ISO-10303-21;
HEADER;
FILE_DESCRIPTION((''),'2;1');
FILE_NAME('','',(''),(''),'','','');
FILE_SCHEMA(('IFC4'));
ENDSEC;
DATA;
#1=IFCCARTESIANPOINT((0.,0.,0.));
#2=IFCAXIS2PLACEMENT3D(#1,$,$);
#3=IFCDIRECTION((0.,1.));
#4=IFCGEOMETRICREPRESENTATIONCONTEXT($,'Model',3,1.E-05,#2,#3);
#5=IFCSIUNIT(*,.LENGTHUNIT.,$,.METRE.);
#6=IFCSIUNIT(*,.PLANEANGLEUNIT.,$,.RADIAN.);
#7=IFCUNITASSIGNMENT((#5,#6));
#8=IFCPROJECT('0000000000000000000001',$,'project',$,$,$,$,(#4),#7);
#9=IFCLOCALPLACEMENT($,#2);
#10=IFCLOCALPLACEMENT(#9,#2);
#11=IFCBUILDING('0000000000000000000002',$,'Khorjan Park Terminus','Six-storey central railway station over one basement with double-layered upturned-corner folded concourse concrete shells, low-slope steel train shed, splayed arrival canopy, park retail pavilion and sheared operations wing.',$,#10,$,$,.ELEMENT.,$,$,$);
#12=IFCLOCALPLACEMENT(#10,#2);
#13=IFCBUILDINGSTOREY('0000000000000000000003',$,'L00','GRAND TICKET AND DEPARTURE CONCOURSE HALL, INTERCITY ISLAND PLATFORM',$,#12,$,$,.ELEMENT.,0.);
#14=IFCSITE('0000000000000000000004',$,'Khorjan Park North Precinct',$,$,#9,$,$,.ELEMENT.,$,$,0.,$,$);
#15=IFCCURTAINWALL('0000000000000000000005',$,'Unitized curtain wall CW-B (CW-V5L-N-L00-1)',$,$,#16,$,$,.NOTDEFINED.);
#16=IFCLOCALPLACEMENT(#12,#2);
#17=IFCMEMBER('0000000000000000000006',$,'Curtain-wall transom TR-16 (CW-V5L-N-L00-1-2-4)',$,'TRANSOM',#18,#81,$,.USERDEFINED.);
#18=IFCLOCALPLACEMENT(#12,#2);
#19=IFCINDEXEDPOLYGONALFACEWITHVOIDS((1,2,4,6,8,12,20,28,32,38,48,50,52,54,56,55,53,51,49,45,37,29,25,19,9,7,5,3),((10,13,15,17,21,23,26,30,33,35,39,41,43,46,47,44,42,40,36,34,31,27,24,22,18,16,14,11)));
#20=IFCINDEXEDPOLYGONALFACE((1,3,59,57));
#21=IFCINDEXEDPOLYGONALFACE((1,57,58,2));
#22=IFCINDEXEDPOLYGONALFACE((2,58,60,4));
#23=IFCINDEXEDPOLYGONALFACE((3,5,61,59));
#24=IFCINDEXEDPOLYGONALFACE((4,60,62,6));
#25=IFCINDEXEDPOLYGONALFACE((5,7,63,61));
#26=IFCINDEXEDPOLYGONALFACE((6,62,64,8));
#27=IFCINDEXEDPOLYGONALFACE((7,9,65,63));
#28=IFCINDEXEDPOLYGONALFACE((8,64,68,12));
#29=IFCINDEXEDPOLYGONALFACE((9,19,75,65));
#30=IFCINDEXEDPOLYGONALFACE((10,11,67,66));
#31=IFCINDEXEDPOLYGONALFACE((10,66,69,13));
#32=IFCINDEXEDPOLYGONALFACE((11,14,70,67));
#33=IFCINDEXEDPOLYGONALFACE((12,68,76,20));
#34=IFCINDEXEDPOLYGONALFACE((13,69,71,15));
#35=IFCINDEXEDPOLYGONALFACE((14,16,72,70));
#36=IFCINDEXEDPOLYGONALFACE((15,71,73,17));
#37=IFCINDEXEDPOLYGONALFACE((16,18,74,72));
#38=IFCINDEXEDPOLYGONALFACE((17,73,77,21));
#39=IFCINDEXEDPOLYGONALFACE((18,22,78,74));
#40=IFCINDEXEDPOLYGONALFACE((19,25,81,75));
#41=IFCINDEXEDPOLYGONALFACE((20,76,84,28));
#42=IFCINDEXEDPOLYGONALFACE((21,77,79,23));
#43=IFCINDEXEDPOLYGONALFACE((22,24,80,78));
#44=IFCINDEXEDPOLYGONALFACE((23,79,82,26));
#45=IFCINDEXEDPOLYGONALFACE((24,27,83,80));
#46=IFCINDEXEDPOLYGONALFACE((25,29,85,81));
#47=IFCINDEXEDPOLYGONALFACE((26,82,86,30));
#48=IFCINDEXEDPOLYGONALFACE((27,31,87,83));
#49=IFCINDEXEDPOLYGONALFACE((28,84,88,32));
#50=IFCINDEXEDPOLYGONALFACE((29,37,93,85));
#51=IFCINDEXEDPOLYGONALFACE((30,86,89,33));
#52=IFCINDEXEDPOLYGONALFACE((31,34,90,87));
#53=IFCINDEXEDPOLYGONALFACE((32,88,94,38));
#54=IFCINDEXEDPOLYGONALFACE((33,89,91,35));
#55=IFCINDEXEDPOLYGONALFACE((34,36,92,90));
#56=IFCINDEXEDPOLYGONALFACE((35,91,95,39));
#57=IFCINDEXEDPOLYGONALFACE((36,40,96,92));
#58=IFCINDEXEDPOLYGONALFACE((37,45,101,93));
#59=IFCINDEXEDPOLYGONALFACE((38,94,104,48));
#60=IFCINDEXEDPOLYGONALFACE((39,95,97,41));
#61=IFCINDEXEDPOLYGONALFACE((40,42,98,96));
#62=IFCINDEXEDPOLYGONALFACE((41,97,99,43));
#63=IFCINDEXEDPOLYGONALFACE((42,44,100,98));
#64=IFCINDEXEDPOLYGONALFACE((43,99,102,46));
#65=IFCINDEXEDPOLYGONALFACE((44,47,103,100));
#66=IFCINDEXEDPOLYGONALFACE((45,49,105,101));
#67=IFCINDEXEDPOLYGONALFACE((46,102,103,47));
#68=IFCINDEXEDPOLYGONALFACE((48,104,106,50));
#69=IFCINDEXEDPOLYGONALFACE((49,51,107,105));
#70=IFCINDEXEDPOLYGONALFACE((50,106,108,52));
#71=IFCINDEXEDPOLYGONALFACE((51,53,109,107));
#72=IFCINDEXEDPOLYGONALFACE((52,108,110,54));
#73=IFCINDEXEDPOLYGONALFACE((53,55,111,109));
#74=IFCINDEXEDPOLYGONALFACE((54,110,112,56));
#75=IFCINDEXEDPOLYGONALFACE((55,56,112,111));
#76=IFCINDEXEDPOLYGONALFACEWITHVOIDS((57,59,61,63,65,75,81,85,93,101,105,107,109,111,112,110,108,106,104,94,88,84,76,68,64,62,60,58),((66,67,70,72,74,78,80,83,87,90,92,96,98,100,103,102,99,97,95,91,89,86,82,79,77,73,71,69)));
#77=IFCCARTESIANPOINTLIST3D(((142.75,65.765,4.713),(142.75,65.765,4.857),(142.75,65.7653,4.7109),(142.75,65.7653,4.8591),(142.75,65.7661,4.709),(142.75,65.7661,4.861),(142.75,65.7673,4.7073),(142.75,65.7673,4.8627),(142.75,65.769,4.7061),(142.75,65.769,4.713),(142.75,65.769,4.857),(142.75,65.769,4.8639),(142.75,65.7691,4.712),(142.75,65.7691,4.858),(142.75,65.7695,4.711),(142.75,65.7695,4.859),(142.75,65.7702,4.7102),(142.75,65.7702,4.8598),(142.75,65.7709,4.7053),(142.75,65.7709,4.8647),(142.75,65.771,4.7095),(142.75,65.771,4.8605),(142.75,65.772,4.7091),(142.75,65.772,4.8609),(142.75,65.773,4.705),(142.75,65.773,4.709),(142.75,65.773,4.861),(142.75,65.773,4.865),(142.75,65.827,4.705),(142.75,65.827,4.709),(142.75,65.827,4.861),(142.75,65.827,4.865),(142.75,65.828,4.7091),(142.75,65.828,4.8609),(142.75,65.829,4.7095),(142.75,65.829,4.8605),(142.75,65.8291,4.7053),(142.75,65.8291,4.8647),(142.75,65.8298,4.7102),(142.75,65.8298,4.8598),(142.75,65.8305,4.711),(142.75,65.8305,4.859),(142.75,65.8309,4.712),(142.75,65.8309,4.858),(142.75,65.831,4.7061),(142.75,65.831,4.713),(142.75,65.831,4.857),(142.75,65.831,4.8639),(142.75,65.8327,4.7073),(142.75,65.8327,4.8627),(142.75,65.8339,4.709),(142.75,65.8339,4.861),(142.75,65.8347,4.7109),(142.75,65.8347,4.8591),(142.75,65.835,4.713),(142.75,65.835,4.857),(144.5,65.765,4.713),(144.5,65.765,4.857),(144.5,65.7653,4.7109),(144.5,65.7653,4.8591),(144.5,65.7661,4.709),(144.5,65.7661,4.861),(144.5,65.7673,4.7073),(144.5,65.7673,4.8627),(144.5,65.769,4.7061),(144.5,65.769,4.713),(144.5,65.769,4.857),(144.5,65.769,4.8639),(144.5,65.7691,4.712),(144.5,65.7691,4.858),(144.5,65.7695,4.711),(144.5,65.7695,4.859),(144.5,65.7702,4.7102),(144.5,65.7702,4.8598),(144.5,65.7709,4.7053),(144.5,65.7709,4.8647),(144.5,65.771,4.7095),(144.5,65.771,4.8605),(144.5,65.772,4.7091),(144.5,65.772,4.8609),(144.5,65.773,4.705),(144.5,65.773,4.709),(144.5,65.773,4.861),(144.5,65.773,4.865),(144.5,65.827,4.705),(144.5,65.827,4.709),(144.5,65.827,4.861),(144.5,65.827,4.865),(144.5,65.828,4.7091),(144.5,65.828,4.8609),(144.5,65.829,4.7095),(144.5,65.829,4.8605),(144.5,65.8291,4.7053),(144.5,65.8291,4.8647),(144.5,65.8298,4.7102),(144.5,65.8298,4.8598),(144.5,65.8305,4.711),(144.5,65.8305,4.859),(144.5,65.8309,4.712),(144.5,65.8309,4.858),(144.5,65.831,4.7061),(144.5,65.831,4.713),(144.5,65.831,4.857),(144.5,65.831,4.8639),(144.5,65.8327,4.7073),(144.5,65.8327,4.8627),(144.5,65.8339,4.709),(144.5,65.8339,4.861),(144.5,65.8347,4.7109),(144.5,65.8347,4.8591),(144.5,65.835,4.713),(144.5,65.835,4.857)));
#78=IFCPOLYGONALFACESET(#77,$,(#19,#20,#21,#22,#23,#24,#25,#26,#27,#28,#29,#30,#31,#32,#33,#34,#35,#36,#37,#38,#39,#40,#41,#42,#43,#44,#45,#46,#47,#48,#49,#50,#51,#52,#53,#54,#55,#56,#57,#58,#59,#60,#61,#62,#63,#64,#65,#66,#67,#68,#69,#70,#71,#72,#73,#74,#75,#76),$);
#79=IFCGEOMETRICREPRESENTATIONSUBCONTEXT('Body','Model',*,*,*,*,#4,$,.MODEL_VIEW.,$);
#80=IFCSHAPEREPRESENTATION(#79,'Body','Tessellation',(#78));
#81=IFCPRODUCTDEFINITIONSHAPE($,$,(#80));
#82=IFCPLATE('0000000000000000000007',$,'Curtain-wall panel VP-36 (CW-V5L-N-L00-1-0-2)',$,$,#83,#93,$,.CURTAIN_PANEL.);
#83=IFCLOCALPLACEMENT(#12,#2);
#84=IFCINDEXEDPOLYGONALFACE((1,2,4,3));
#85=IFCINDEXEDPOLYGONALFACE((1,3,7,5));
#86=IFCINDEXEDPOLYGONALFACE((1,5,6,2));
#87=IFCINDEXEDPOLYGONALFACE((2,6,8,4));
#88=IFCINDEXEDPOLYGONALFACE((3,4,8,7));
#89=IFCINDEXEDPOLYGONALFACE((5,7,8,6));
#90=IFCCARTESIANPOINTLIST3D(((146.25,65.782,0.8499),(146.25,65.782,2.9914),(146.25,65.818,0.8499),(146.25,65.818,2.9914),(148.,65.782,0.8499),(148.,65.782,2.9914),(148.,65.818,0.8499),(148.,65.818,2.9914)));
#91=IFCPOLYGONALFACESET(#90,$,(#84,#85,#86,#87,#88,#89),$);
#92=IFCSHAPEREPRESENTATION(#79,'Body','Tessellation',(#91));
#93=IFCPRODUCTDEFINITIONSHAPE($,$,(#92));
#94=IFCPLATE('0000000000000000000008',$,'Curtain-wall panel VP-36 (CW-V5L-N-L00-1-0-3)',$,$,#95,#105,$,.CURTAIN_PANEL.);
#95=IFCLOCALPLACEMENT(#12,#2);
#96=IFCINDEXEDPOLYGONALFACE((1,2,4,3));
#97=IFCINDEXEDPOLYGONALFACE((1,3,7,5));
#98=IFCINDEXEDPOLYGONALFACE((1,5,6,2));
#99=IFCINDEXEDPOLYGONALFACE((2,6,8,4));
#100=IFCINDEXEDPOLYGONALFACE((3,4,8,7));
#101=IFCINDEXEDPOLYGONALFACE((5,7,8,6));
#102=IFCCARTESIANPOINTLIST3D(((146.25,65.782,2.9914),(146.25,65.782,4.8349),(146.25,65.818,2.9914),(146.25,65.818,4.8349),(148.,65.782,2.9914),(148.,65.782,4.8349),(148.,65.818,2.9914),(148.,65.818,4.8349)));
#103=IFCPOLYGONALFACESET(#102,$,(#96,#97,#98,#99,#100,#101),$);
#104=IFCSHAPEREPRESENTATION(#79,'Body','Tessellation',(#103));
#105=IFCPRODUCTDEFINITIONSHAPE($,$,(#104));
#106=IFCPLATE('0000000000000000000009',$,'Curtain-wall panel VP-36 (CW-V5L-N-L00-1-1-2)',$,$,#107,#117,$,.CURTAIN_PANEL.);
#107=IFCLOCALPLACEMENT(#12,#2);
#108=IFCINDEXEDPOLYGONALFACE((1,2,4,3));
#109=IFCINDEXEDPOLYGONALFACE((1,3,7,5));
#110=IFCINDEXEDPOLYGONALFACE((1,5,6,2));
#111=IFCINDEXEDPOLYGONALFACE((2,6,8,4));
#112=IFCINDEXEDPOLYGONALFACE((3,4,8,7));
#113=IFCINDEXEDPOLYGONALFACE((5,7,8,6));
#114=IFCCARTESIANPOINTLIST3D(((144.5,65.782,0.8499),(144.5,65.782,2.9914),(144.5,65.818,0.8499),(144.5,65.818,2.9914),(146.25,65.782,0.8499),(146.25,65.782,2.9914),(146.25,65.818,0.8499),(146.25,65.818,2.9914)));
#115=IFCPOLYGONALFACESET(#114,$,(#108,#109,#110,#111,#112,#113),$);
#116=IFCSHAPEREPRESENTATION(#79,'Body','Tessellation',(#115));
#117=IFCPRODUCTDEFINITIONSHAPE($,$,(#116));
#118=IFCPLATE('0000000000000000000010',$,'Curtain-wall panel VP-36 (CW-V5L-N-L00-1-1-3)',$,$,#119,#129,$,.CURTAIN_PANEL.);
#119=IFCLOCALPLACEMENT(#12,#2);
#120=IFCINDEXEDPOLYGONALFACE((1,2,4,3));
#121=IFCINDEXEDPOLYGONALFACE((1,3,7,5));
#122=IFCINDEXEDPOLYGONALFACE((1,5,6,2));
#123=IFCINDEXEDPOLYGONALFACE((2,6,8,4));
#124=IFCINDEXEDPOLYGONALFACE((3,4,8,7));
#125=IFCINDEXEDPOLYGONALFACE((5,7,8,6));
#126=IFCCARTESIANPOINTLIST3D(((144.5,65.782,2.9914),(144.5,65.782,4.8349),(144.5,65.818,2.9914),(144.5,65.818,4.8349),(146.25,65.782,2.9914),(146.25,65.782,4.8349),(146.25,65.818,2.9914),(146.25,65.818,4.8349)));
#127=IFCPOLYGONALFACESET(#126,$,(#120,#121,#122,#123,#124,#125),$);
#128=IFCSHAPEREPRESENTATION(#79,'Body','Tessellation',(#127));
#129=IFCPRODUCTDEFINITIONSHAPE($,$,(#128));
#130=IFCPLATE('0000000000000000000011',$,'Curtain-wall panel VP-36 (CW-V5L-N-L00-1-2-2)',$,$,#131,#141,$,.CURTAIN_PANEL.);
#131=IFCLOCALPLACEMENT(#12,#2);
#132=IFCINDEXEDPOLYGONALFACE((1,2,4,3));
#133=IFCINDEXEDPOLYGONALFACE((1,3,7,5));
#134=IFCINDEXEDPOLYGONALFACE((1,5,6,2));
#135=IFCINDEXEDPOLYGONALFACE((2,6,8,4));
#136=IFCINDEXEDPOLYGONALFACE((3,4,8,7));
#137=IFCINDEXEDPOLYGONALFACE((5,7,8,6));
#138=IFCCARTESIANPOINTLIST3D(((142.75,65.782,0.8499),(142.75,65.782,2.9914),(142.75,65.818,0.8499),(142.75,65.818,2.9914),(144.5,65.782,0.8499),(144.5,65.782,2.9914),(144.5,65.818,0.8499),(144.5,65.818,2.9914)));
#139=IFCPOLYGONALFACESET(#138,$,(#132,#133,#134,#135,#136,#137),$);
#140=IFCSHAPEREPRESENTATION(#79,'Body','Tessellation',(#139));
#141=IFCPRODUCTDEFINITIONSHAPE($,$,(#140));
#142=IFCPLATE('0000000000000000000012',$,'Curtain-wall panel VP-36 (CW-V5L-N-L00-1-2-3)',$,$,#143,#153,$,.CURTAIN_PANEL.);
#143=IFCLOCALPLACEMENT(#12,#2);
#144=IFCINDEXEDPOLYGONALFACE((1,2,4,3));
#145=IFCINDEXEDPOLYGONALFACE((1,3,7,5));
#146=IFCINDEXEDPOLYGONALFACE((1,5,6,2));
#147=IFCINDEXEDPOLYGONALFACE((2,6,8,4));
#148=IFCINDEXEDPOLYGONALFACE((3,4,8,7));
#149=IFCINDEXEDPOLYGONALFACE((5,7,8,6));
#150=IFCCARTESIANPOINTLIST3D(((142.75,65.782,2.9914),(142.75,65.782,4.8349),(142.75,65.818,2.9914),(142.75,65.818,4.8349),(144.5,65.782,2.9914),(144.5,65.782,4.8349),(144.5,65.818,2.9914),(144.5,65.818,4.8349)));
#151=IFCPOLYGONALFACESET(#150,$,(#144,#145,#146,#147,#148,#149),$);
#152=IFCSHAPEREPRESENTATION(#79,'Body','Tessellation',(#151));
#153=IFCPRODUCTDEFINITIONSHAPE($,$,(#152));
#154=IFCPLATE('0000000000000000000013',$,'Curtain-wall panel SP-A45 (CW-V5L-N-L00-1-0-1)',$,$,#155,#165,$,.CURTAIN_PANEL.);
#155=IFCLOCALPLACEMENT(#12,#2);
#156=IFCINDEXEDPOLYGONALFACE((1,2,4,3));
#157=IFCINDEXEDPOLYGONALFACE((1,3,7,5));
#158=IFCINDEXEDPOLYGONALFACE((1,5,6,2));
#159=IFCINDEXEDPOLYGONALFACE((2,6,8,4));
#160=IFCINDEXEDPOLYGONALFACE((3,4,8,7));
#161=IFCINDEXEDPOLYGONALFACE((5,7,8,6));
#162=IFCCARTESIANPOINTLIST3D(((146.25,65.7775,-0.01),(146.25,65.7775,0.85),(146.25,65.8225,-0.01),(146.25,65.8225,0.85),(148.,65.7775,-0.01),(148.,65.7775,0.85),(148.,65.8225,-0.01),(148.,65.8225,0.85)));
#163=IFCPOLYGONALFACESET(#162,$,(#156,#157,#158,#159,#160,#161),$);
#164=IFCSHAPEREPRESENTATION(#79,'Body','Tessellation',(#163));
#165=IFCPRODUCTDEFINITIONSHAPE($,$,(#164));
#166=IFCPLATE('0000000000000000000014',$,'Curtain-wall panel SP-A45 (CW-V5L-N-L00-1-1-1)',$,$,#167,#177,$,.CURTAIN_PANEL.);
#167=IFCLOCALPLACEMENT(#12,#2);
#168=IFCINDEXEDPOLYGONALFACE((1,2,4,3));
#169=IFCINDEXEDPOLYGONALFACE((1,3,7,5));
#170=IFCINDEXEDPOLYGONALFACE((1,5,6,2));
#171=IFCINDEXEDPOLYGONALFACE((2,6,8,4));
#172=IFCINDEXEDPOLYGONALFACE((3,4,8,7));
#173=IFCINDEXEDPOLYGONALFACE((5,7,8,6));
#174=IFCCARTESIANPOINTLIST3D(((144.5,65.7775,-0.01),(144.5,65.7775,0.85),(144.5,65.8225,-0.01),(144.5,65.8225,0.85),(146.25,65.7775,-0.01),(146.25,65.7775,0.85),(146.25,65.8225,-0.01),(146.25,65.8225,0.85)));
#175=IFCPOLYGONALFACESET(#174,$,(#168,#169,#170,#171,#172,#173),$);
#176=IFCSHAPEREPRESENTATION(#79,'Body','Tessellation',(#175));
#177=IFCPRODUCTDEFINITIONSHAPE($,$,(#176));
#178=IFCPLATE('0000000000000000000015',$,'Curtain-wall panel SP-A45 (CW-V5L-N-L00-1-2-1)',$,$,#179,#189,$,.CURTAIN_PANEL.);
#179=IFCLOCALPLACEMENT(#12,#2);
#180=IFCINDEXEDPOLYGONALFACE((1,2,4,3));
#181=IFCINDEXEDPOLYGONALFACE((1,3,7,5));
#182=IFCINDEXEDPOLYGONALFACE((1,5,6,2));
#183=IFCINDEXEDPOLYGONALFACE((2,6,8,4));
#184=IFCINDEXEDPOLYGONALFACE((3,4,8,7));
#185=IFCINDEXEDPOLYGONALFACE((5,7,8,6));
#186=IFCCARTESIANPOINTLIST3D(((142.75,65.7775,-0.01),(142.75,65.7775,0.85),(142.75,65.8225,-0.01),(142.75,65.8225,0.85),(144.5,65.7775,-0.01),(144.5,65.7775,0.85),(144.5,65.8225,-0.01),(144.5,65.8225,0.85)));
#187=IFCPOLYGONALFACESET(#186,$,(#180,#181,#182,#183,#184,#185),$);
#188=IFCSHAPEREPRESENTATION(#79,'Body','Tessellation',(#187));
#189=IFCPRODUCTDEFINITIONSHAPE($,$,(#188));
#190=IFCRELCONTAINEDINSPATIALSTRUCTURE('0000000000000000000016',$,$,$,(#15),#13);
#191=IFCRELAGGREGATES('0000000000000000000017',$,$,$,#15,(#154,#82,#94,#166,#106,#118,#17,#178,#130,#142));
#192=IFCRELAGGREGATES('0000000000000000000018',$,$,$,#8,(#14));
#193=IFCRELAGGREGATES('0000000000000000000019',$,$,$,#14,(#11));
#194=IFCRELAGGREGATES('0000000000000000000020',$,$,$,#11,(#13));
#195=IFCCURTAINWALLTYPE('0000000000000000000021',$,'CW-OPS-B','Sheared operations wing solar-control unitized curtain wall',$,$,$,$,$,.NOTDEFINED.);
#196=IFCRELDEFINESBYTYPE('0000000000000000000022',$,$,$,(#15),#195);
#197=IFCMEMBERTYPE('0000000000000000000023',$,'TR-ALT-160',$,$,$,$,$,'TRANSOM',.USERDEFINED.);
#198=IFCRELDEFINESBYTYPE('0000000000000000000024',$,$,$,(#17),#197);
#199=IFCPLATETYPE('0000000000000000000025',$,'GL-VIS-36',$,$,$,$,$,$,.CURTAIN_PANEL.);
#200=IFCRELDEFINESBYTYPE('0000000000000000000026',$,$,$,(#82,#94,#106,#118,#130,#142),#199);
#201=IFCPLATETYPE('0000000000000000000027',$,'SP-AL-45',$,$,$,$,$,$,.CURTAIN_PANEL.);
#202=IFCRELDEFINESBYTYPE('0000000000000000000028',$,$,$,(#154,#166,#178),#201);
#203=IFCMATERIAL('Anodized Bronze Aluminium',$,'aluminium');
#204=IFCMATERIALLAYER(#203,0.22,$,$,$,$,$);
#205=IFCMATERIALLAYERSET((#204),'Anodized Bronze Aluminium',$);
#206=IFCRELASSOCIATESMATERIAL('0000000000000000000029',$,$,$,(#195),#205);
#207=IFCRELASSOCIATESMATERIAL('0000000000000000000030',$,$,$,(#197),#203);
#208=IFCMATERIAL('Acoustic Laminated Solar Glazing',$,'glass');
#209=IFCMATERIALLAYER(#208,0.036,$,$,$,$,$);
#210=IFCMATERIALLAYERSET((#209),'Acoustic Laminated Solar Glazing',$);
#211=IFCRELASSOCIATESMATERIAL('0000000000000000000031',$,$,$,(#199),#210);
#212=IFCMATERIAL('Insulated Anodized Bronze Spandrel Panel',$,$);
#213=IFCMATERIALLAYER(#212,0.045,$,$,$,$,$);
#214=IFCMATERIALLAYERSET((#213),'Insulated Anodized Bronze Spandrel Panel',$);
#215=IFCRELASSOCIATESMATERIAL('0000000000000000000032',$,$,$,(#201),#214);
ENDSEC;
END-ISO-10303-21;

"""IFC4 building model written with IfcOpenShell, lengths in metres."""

from ifc_helpers import new_model, si_unit, direction, frame, origin, origin_2d, place, context, subcontext, project, spatial, rectangle, hollow_rectangle, extrude, material, layer, layer_set, material_profile, profile_set, type_object, element, aggregate, save


model = new_model("IFC4")

# Units and contexts
model_context = context("Model", 3, precision=1e-05, world=origin(), true_north=direction((0.0, 1.0)))
body_context = subcontext(model_context, "Body", "Model", "MODEL_VIEW")
ifc_project = project(units=[si_unit("LENGTHUNIT", "METRE"), si_unit("PLANEANGLEUNIT", "RADIAN")], contexts=[model_context])

# Site, building, storey
site_placement = place(None, origin())
site = spatial("IfcSite", under=ifc_project, at=site_placement, Name="Khorjan Park North Precinct", CompositionType="ELEMENT", RefElevation=0.0)
building_placement = place(site_placement, origin())
building = spatial("IfcBuilding", under=site, at=building_placement, Name="Khorjan Park Terminus", Description="Six-storey central railway station over one basement with double-layered upturned-corner folded concourse concrete shells, low-slope steel train shed, splayed arrival canopy, park retail pavilion and sheared operations wing.", CompositionType="ELEMENT")
storey_placement = place(building_placement, origin())
storey = spatial("IfcBuildingStorey", under=building, at=storey_placement, Name="L00", Description="GRAND TICKET AND DEPARTURE CONCOURSE HALL, INTERCITY ISLAND PLATFORM", CompositionType="ELEMENT", Elevation=0.0)

# Curtain wall, member, plates
ifc_material_1 = material(Name="Anodized Bronze Aluminium", Category="aluminium")
ifc_layer_1 = layer(ifc_material_1, 0.22)
ifc_layer_set_1 = layer_set([ifc_layer_1], Name="Anodized Bronze Aluminium")
curtain_wall_type = type_object("IfcCurtainWallType", Name="CW-OPS-B", Description="Sheared operations wing solar-control unitized curtain wall", PredefinedType="NOTDEFINED", material=ifc_layer_set_1)
curtain_wall_placement = place(storey_placement, origin())
curtain_wall = element("IfcCurtainWall", 1, at=curtain_wall_placement, inside=storey, type_object=curtain_wall_type, Name="Unitized curtain wall CW-B (CW-V5L-N-L00-1)", PredefinedType="NOTDEFINED")
ifc_material_profile_1 = material_profile(ifc_material_1, hollow_rectangle(XDim=0.07, YDim=0.16, WallThickness=0.004, InnerFilletRadius=0.004, OuterFilletRadius=0.008, at=origin_2d()), Name="ALT 70x160x4")
ifc_profile_set_1 = profile_set([ifc_material_profile_1], Name="Anodized Bronze Aluminium")
member_type_1 = type_object("IfcMemberType", Name="TR-ALT-160", ElementType="TRANSOM", PredefinedType="USERDEFINED", material=ifc_profile_set_1)
member_1_placement = place(storey_placement, frame((144.5, 65.8, 4.785), z_axis=(-1.0, 0.0, 0.0), x_axis=(0.0, -1.0, 0.0)))
member_1 = element("IfcMember", 2, at=member_1_placement, type_object=member_type_1, Name="Curtain-wall transom TR-16 (CW-V5L-N-L00-1-2-4)", ObjectType="TRANSOM", PredefinedType="USERDEFINED", context=body_context, shape_type="SweptSolid", body=[
    extrude(hollow_rectangle(XDim=0.07, YDim=0.16, WallThickness=0.004, InnerFilletRadius=0.004, OuterFilletRadius=0.008, at=origin_2d()), origin(), (0.0, 0.0, 1.0), 1.75),
])
ifc_material_2 = material(Name="Acoustic Laminated Solar Glazing", Category="glass")
ifc_layer_2 = layer(ifc_material_2, 0.036)
ifc_layer_set_2 = layer_set([ifc_layer_2], Name="Acoustic Laminated Solar Glazing")
plate_type_1 = type_object("IfcPlateType", Name="GL-VIS-36", PredefinedType="CURTAIN_PANEL", material=ifc_layer_set_2)
plate_1_placement = place(storey_placement, frame((147.125, 65.8, 0.8499), z_axis=(0.0, 0.0, 1.0), x_axis=(-1.0, 0.0, 0.0)))
plate_1 = element("IfcPlate", 3, at=plate_1_placement, type_object=plate_type_1, Name="Curtain-wall panel VP-36 (CW-V5L-N-L00-1-0-2)", PredefinedType="CURTAIN_PANEL", context=body_context, shape_type="SweptSolid", body=[
    extrude(rectangle(XDim=1.75, YDim=0.036, at=origin_2d()), origin(), (0.0, 0.0, 1.0), 2.1415),
])
plate_2_placement = place(storey_placement, frame((147.125, 65.8, 2.9914), z_axis=(0.0, 0.0, 1.0), x_axis=(-1.0, 0.0, 0.0)))
plate_2 = element("IfcPlate", 4, at=plate_2_placement, type_object=plate_type_1, Name="Curtain-wall panel VP-36 (CW-V5L-N-L00-1-0-3)", PredefinedType="CURTAIN_PANEL", context=body_context, shape_type="SweptSolid", body=[
    extrude(rectangle(XDim=1.75, YDim=0.036, at=origin_2d()), origin(), (0.0, 0.0, 1.0), 1.8435),
])
plate_3_placement = place(storey_placement, frame((145.375, 65.8, 0.8499), z_axis=(0.0, 0.0, 1.0), x_axis=(-1.0, 0.0, 0.0)))
plate_3 = element("IfcPlate", 5, at=plate_3_placement, type_object=plate_type_1, Name="Curtain-wall panel VP-36 (CW-V5L-N-L00-1-1-2)", PredefinedType="CURTAIN_PANEL", context=body_context, shape_type="SweptSolid", body=[
    extrude(rectangle(XDim=1.75, YDim=0.036, at=origin_2d()), origin(), (0.0, 0.0, 1.0), 2.1415),
])
plate_4_placement = place(storey_placement, frame((145.375, 65.8, 2.9914), z_axis=(0.0, 0.0, 1.0), x_axis=(-1.0, 0.0, 0.0)))
plate_4 = element("IfcPlate", 6, at=plate_4_placement, type_object=plate_type_1, Name="Curtain-wall panel VP-36 (CW-V5L-N-L00-1-1-3)", PredefinedType="CURTAIN_PANEL", context=body_context, shape_type="SweptSolid", body=[
    extrude(rectangle(XDim=1.75, YDim=0.036, at=origin_2d()), origin(), (0.0, 0.0, 1.0), 1.8435),
])
plate_5_placement = place(storey_placement, frame((143.625, 65.8, 0.8499), z_axis=(0.0, 0.0, 1.0), x_axis=(-1.0, 0.0, 0.0)))
plate_5 = element("IfcPlate", 7, at=plate_5_placement, type_object=plate_type_1, Name="Curtain-wall panel VP-36 (CW-V5L-N-L00-1-2-2)", PredefinedType="CURTAIN_PANEL", context=body_context, shape_type="SweptSolid", body=[
    extrude(rectangle(XDim=1.75, YDim=0.036, at=origin_2d()), origin(), (0.0, 0.0, 1.0), 2.1415),
])
plate_6_placement = place(storey_placement, frame((143.625, 65.8, 2.9914), z_axis=(0.0, 0.0, 1.0), x_axis=(-1.0, 0.0, 0.0)))
plate_6 = element("IfcPlate", 8, at=plate_6_placement, type_object=plate_type_1, Name="Curtain-wall panel VP-36 (CW-V5L-N-L00-1-2-3)", PredefinedType="CURTAIN_PANEL", context=body_context, shape_type="SweptSolid", body=[
    extrude(rectangle(XDim=1.75, YDim=0.036, at=origin_2d()), origin(), (0.0, 0.0, 1.0), 1.8435),
])
ifc_material_3 = material(Name="Insulated Anodized Bronze Spandrel Panel")
ifc_layer_3 = layer(ifc_material_3, 0.045)
ifc_layer_set_3 = layer_set([ifc_layer_3], Name="Insulated Anodized Bronze Spandrel Panel")
plate_type_2 = type_object("IfcPlateType", Name="SP-AL-45", PredefinedType="CURTAIN_PANEL", material=ifc_layer_set_3)
plate_7_placement = place(storey_placement, frame((147.125, 65.8, -0.01), z_axis=(0.0, 0.0, 1.0), x_axis=(-1.0, 0.0, 0.0)))
plate_7 = element("IfcPlate", 9, at=plate_7_placement, type_object=plate_type_2, Name="Curtain-wall panel SP-A45 (CW-V5L-N-L00-1-0-1)", PredefinedType="CURTAIN_PANEL", context=body_context, shape_type="SweptSolid", body=[
    extrude(rectangle(XDim=1.75, YDim=0.045, at=origin_2d()), origin(), (0.0, 0.0, 1.0), 0.86),
])
plate_8_placement = place(storey_placement, frame((145.375, 65.8, -0.01), z_axis=(0.0, 0.0, 1.0), x_axis=(-1.0, 0.0, 0.0)))
plate_8 = element("IfcPlate", 10, at=plate_8_placement, type_object=plate_type_2, Name="Curtain-wall panel SP-A45 (CW-V5L-N-L00-1-1-1)", PredefinedType="CURTAIN_PANEL", context=body_context, shape_type="SweptSolid", body=[
    extrude(rectangle(XDim=1.75, YDim=0.045, at=origin_2d()), origin(), (0.0, 0.0, 1.0), 0.86),
])
plate_9_placement = place(storey_placement, frame((143.625, 65.8, -0.01), z_axis=(0.0, 0.0, 1.0), x_axis=(-1.0, 0.0, 0.0)))
plate_9 = element("IfcPlate", 11, at=plate_9_placement, type_object=plate_type_2, Name="Curtain-wall panel SP-A45 (CW-V5L-N-L00-1-2-1)", PredefinedType="CURTAIN_PANEL", context=body_context, shape_type="SweptSolid", body=[
    extrude(rectangle(XDim=1.75, YDim=0.045, at=origin_2d()), origin(), (0.0, 0.0, 1.0), 0.86),
])
aggregate(curtain_wall, [plate_7, plate_1, plate_2, plate_8, plate_3, plate_4, member_1, plate_9, plate_5, plate_6])

save(model, "model.ifc")
